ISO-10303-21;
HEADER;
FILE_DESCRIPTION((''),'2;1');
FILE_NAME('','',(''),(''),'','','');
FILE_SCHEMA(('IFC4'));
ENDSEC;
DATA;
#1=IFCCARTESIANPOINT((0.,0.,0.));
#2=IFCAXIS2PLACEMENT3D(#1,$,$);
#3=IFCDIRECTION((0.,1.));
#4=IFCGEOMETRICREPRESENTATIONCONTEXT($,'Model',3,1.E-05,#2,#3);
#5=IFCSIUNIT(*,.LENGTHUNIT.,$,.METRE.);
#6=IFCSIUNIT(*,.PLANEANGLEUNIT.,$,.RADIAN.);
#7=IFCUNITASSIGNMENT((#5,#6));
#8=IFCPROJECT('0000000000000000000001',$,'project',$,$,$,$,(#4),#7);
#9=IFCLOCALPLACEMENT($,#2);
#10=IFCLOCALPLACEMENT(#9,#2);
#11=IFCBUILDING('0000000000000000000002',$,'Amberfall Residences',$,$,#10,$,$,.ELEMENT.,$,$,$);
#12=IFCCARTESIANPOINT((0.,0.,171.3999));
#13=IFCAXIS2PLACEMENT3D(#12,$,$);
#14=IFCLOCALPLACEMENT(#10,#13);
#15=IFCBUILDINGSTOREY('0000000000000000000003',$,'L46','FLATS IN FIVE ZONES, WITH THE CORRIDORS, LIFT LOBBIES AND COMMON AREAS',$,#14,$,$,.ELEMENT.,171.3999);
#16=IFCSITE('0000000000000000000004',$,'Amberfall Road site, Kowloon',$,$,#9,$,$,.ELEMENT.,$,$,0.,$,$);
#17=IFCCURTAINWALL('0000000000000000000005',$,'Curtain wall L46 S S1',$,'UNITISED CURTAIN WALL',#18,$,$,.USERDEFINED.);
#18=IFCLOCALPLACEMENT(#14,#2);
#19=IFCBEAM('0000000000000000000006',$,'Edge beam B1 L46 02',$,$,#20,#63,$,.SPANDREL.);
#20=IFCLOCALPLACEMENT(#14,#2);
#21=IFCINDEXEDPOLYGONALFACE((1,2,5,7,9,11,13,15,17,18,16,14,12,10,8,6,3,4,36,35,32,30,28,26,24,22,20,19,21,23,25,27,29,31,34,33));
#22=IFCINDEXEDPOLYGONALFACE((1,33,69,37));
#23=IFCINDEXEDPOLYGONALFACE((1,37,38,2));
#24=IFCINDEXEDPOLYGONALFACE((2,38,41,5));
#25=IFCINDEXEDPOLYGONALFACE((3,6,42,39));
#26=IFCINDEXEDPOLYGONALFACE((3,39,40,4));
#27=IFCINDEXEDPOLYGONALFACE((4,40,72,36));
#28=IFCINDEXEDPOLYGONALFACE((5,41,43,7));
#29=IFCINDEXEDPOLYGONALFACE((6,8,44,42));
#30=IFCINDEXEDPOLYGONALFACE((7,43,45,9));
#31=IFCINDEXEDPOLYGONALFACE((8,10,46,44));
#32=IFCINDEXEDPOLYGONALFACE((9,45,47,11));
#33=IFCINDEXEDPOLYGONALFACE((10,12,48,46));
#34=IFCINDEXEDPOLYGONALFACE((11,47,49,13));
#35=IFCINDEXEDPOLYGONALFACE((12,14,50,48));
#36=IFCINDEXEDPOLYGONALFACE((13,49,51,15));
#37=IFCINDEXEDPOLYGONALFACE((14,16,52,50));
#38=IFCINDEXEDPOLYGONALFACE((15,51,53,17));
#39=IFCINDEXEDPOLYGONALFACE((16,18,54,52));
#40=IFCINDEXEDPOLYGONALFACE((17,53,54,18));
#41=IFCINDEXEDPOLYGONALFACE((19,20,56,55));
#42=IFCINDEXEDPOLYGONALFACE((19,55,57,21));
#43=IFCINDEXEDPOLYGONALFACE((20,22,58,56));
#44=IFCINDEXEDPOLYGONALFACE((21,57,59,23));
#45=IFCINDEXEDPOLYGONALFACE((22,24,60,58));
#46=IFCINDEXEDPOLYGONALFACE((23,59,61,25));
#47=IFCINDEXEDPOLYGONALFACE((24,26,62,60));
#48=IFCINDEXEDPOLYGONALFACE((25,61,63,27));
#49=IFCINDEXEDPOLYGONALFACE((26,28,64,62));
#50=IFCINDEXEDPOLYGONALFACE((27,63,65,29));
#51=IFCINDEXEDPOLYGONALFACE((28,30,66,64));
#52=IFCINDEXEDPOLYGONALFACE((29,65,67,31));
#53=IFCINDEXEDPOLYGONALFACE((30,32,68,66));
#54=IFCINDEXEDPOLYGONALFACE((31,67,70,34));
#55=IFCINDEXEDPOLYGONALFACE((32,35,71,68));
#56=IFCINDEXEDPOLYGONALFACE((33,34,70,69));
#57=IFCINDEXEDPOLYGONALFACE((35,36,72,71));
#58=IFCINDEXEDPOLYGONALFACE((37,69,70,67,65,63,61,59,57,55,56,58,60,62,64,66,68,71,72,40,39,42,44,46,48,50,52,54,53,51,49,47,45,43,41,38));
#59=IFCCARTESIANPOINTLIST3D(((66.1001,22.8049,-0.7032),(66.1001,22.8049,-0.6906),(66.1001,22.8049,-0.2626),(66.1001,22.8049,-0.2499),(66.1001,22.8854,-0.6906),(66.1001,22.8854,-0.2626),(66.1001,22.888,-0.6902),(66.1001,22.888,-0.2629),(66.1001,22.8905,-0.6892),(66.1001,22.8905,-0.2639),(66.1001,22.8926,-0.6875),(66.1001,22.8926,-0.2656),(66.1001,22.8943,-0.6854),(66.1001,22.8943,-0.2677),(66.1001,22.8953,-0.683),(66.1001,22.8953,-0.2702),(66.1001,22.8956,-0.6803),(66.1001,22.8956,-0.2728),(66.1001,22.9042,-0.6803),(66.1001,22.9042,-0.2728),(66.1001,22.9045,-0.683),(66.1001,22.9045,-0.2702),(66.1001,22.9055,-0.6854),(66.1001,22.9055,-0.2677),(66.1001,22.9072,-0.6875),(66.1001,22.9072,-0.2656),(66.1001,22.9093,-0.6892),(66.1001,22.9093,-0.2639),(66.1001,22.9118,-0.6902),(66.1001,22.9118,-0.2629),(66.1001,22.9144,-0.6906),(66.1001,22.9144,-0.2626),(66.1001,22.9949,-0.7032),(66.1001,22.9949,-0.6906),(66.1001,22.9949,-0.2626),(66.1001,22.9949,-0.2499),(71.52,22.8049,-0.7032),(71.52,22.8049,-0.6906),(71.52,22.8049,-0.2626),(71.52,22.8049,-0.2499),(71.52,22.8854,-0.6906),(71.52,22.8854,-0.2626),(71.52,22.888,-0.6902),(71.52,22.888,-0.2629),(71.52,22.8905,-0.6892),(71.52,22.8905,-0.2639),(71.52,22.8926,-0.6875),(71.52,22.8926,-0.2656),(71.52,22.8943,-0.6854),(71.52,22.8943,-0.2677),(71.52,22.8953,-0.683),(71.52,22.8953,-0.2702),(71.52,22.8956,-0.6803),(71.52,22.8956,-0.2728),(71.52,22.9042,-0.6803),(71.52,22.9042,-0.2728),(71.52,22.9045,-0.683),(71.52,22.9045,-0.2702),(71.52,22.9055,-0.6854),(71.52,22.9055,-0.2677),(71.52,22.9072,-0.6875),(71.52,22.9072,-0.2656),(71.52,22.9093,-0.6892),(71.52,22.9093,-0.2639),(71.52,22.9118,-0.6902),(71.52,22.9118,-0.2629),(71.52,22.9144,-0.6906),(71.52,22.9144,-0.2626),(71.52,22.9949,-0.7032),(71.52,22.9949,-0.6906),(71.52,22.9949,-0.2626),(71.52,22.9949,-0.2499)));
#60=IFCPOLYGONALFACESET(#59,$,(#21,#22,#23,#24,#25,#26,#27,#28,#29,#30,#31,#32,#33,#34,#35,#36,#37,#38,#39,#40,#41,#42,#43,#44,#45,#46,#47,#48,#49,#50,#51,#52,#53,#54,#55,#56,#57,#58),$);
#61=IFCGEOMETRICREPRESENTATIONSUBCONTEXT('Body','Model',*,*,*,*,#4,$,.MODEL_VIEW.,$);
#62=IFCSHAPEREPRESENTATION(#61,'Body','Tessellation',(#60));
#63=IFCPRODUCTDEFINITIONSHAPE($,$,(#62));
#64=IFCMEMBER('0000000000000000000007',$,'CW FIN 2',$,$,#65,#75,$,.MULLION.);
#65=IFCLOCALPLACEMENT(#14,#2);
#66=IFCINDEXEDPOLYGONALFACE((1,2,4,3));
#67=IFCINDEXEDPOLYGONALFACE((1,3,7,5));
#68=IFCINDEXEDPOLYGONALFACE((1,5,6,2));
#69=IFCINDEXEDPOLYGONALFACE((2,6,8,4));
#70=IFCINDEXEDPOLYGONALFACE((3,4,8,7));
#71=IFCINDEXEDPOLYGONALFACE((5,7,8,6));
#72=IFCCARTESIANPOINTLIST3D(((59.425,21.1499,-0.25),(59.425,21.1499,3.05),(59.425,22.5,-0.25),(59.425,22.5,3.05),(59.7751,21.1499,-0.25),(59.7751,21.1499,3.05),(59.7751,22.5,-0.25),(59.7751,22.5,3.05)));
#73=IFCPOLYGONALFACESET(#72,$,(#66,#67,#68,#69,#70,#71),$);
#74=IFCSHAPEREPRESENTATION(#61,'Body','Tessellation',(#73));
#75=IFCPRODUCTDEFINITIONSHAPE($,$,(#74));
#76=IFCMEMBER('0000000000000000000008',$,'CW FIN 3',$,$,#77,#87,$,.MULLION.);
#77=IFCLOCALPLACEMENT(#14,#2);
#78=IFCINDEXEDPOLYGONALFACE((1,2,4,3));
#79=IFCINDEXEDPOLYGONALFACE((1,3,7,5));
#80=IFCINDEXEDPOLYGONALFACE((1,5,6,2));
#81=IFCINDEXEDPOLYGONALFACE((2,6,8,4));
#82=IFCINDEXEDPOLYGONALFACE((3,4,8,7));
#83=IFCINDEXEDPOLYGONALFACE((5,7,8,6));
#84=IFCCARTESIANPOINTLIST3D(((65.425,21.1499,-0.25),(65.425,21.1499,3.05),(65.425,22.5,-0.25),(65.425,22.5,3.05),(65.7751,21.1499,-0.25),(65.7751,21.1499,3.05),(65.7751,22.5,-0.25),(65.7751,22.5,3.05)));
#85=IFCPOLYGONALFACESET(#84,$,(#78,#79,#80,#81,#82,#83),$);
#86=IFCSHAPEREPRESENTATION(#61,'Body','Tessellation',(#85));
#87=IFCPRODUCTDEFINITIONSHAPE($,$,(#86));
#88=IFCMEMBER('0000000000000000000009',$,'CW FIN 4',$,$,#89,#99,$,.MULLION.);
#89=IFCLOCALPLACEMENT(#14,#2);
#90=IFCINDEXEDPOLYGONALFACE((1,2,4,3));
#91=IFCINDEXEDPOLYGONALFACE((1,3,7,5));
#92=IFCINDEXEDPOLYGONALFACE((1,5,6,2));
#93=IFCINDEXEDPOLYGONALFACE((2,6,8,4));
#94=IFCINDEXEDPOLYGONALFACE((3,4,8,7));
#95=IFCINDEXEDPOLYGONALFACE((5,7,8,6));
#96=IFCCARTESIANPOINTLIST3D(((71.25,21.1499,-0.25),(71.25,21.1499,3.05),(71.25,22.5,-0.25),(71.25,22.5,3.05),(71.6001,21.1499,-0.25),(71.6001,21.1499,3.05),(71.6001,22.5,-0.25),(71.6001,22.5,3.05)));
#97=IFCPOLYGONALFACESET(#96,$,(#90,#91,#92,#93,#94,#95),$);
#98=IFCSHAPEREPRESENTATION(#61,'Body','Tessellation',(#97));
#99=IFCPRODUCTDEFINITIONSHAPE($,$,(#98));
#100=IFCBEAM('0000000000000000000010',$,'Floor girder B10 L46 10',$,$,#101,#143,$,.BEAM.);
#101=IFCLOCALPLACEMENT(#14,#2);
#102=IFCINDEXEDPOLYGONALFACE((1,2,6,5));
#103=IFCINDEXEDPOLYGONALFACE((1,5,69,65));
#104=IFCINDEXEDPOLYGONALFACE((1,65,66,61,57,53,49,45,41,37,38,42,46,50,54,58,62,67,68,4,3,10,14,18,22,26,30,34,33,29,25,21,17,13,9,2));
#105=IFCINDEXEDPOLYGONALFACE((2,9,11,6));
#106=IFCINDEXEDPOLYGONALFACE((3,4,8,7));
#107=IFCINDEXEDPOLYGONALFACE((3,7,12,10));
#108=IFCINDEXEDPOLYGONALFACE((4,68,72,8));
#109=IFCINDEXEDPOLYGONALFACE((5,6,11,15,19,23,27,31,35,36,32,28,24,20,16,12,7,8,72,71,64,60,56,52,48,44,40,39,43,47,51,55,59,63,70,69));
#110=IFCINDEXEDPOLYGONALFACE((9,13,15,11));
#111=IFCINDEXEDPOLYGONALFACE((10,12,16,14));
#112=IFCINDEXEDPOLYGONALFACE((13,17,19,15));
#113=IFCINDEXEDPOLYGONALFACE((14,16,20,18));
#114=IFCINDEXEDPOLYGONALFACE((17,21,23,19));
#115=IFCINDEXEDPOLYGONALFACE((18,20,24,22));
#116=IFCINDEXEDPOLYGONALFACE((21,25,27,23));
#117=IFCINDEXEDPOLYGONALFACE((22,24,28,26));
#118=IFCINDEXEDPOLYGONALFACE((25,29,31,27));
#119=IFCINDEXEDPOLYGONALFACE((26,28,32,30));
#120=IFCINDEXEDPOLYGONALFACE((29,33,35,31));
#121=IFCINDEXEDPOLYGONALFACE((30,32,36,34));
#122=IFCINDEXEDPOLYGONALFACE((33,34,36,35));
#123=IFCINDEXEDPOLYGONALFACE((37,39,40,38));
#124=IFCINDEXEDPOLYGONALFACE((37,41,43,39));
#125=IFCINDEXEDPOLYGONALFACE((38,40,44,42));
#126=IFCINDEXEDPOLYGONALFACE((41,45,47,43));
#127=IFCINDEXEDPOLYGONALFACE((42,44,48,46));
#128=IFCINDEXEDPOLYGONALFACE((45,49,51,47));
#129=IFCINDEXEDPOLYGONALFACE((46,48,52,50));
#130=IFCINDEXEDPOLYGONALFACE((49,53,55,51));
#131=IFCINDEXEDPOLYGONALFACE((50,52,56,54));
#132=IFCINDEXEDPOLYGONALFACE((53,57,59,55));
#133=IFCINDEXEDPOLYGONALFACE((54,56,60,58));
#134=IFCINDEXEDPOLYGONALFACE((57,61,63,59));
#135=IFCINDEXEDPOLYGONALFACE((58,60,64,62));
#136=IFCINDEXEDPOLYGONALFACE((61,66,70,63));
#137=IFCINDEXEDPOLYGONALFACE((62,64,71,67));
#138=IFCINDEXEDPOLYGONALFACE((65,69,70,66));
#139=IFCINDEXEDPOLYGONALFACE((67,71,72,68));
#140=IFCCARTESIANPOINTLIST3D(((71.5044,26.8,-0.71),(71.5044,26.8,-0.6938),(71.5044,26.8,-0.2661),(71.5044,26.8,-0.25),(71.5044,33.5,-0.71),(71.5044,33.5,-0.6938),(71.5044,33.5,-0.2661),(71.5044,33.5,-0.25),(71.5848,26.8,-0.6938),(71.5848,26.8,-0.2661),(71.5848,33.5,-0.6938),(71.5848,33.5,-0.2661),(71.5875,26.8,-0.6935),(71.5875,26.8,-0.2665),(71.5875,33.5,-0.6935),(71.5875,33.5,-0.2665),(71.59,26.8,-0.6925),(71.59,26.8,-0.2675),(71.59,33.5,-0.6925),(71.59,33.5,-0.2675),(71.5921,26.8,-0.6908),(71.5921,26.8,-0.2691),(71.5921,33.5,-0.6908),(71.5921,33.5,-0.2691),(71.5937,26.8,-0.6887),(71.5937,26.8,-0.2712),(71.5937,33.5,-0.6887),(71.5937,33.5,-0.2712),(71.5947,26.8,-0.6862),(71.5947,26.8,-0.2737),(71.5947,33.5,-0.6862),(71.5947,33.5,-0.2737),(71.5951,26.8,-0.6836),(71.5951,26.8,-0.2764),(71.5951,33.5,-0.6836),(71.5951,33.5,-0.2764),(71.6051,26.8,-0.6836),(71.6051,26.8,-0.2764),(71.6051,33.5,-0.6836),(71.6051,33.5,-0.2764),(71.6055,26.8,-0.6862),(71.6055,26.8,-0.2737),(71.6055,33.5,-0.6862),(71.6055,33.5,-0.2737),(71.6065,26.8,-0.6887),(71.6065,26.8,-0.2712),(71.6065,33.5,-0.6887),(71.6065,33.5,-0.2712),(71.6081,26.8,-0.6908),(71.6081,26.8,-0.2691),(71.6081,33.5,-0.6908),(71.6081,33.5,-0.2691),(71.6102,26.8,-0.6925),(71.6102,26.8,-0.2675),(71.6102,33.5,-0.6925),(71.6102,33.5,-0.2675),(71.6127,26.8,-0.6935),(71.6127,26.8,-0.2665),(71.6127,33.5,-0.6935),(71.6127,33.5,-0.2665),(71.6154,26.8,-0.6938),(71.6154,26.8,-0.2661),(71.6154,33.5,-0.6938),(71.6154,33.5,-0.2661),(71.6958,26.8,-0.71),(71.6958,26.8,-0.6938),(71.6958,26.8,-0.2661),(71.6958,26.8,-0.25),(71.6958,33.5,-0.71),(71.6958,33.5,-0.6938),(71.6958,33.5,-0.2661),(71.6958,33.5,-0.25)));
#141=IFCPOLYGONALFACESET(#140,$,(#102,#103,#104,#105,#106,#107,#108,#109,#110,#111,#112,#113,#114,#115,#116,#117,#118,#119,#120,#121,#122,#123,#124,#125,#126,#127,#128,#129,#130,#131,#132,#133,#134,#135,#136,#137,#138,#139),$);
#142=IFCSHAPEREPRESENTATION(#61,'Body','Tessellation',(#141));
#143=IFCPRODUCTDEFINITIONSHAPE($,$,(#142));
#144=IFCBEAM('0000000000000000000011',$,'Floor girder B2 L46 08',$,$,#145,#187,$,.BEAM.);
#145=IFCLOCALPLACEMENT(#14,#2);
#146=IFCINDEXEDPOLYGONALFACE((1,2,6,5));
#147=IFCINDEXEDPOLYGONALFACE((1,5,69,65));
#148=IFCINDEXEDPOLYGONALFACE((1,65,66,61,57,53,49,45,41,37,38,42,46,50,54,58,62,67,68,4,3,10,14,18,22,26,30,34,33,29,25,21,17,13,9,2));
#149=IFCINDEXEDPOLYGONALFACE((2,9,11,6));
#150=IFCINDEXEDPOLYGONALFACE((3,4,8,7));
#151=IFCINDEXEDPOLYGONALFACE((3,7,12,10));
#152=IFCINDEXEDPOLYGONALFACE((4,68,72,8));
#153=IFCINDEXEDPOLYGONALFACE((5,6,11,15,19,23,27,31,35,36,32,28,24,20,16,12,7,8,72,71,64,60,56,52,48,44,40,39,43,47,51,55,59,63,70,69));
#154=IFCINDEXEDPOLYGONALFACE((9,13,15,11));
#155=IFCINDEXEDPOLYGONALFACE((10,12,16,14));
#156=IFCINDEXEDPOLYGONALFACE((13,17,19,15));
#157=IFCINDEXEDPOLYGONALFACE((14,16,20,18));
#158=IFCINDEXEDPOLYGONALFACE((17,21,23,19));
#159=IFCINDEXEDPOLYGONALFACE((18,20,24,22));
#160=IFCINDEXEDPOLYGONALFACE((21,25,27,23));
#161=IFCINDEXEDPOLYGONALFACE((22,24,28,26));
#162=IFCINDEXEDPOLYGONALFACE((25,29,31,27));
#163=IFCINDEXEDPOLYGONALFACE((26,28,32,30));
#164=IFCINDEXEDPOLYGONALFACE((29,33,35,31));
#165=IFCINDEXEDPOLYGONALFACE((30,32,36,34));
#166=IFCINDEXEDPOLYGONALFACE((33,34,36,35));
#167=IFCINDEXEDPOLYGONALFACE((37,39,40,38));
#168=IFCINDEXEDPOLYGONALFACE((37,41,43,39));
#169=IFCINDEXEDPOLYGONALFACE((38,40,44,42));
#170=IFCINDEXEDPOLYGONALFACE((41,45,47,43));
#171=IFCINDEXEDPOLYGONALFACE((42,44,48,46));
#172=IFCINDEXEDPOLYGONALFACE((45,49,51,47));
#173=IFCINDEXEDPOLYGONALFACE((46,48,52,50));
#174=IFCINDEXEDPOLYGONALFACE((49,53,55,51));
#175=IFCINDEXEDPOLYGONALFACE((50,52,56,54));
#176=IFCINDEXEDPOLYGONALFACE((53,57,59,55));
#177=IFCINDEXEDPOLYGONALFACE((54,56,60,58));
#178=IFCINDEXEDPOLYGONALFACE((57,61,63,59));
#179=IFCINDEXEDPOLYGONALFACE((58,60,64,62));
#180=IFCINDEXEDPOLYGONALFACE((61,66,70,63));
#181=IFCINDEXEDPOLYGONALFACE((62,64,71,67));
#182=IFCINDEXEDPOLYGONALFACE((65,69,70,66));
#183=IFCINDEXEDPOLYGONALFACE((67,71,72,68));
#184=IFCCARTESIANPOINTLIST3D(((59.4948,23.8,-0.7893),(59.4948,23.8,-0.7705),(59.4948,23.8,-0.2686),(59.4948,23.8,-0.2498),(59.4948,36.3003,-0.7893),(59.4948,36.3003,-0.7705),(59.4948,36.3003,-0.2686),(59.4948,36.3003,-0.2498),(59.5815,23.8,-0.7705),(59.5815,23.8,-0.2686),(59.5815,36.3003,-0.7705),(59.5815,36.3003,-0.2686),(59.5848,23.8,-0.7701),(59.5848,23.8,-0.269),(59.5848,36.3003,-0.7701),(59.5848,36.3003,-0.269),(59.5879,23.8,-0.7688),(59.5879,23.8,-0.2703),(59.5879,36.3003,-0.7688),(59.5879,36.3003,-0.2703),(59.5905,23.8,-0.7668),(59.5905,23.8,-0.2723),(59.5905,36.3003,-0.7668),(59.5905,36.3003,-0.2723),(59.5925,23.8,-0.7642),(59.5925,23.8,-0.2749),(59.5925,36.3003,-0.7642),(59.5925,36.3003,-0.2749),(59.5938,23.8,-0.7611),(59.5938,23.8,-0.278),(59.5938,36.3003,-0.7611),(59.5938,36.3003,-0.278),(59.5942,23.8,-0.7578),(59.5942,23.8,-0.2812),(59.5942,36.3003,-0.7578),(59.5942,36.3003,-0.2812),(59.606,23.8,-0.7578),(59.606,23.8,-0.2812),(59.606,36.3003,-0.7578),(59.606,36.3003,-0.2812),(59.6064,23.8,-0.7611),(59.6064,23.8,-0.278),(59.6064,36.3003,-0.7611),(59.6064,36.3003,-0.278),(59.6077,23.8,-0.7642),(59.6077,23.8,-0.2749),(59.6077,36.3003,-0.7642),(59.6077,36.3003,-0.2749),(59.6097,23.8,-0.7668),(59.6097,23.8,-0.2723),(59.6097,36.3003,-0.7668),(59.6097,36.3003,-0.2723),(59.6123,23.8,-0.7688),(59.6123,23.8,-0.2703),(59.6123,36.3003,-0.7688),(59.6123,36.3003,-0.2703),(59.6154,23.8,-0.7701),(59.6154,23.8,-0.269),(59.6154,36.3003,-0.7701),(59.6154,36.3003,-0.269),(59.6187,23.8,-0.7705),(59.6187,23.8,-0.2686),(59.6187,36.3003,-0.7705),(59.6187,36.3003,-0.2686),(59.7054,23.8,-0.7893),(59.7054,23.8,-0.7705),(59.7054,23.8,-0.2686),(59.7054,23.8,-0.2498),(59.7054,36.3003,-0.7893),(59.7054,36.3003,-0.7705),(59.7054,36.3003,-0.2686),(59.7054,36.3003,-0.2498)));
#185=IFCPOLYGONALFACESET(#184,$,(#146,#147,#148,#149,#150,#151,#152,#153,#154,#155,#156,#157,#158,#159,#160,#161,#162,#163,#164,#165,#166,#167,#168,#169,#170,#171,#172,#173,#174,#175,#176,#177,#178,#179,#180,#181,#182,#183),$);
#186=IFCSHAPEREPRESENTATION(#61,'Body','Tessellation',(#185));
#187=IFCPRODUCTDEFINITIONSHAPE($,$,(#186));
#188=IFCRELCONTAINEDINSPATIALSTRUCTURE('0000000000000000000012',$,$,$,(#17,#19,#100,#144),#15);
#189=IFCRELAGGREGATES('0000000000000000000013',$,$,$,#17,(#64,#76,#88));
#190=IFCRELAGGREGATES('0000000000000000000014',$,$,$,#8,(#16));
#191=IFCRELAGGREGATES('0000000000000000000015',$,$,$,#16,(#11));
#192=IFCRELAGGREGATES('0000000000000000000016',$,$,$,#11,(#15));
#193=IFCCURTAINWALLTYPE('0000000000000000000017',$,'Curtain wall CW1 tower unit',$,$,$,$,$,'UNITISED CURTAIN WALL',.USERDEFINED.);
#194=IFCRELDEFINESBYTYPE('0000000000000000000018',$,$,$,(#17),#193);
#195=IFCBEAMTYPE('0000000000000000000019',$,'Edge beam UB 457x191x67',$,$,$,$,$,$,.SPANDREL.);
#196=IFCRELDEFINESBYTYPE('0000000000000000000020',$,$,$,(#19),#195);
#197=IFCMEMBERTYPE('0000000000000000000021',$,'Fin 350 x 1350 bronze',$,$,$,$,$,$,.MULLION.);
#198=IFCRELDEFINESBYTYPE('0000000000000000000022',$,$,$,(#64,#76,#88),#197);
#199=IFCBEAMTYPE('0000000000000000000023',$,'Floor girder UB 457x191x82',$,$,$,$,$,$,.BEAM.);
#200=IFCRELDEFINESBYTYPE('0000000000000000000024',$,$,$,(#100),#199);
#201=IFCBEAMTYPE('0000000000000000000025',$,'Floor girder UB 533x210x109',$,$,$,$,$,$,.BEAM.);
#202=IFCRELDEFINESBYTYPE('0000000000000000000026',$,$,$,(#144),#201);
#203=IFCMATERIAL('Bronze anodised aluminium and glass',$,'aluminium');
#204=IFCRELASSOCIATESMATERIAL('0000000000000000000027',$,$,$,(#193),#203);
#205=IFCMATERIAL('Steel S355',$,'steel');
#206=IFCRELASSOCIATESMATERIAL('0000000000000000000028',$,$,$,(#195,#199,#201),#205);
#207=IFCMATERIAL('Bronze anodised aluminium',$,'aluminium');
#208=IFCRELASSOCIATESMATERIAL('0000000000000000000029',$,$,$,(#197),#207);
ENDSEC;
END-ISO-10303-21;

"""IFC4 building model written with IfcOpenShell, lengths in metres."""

from ifc_helpers import new_model, si_unit, direction, frame, origin, origin_2d, place, context, subcontext, project, spatial, rectangle, i_section, extrude, material, material_profile, profile_set, type_object, element, aggregate, save


model = new_model("IFC4")

# Units and contexts
model_context = context("Model", 3, precision=1e-05, world=origin(), true_north=direction((0.0, 1.0)))
body_context = subcontext(model_context, "Body", "Model", "MODEL_VIEW")
ifc_project = project(units=[si_unit("LENGTHUNIT", "METRE"), si_unit("PLANEANGLEUNIT", "RADIAN")], contexts=[model_context])

# Site, building, storey
site_placement = place(None, origin())
site = spatial("IfcSite", under=ifc_project, at=site_placement, Name="Amberfall Road site, Kowloon", CompositionType="ELEMENT", RefElevation=0.0)
building_placement = place(site_placement, origin())
building = spatial("IfcBuilding", under=site, at=building_placement, Name="Amberfall Residences", CompositionType="ELEMENT")
storey_placement = place(building_placement, frame((0.0, 0.0, 171.3999)))
storey = spatial("IfcBuildingStorey", under=building, at=storey_placement, Name="L46", Description="FLATS IN FIVE ZONES, WITH THE CORRIDORS, LIFT LOBBIES AND COMMON AREAS", CompositionType="ELEMENT", Elevation=171.3999)

# Curtain wall
ifc_material_1 = material(Name="Bronze anodised aluminium and glass", Category="aluminium")
curtain_wall_type = type_object("IfcCurtainWallType", Name="Curtain wall CW1 tower unit", ElementType="UNITISED CURTAIN WALL", PredefinedType="USERDEFINED", material=ifc_material_1)
curtain_wall_placement = place(storey_placement, origin())
curtain_wall = element("IfcCurtainWall", 1, at=curtain_wall_placement, inside=storey, type_object=curtain_wall_type, Name="Curtain wall L46 S S1", ObjectType="UNITISED CURTAIN WALL", PredefinedType="USERDEFINED")
ifc_material_2 = material(Name="Bronze anodised aluminium", Category="aluminium")

# Beam
ifc_material_3 = material(Name="Steel S355", Category="steel")
ifc_material_profile_1 = material_profile(ifc_material_3, i_section(OverallWidth=0.1899, OverallDepth=0.4534, WebThickness=0.0085, FlangeThickness=0.0127, FilletRadius=0.0103, at=origin_2d()), Name="UB 457x191x67")
ifc_profile_set_1 = profile_set([ifc_material_profile_1], Name="Steel S355")
beam_type_1 = type_object("IfcBeamType", Name="Edge beam UB 457x191x67", PredefinedType="SPANDREL", material=ifc_profile_set_1)
beam_1_placement = place(storey_placement, frame((66.1001, 22.8999, -0.4766), z_axis=(1.0, 0.0, 0.0), x_axis=(0.0, 1.0, 0.0)))
element("IfcBeam", 2, at=beam_1_placement, inside=storey, type_object=beam_type_1, Name="Edge beam B1 L46 02", PredefinedType="SPANDREL", context=body_context, shape_type="SweptSolid", body=[
    extrude(i_section(OverallWidth=0.1899, OverallDepth=0.4534, WebThickness=0.0085, FlangeThickness=0.0127, FilletRadius=0.0103, at=origin_2d()), origin(), (0.0, 0.0, 1.0), 5.4199),
])

# Members
ifc_material_profile_2 = material_profile(ifc_material_2, rectangle(XDim=1.3501, YDim=0.3501, at=origin_2d()), Name="Fin 350 x 1350 bronze")
ifc_profile_set_2 = profile_set([ifc_material_profile_2], Name="Bronze anodised aluminium")
member_type_1 = type_object("IfcMemberType", Name="Fin 350 x 1350 bronze", PredefinedType="MULLION", material=ifc_profile_set_2)
member_1_placement = place(storey_placement, frame((59.6001, 21.825, -0.25), z_axis=(0.0, 0.0, 1.0), x_axis=(0.0, 1.0, 0.0)))
member_1 = element("IfcMember", 3, at=member_1_placement, type_object=member_type_1, Name="CW FIN 2", PredefinedType="MULLION", context=body_context, shape_type="SweptSolid", body=[
    extrude(rectangle(XDim=1.3501, YDim=0.3501, at=origin_2d()), origin(), (0.0, 0.0, 1.0), 3.3),
])
member_2_placement = place(storey_placement, frame((65.6001, 21.825, -0.25), z_axis=(0.0, 0.0, 1.0), x_axis=(0.0, 1.0, 0.0)))
member_2 = element("IfcMember", 4, at=member_2_placement, type_object=member_type_1, Name="CW FIN 3", PredefinedType="MULLION", context=body_context, shape_type="SweptSolid", body=[
    extrude(rectangle(XDim=1.3501, YDim=0.3501, at=origin_2d()), origin(), (0.0, 0.0, 1.0), 3.3),
])
member_3_placement = place(storey_placement, frame((71.425, 21.825, -0.25), z_axis=(0.0, 0.0, 1.0), x_axis=(0.0, 1.0, 0.0)))
member_3 = element("IfcMember", 5, at=member_3_placement, type_object=member_type_1, Name="CW FIN 4", PredefinedType="MULLION", context=body_context, shape_type="SweptSolid", body=[
    extrude(rectangle(XDim=1.3501, YDim=0.3501, at=origin_2d()), origin(), (0.0, 0.0, 1.0), 3.3),
])

# Beams
ifc_material_profile_3 = material_profile(ifc_material_3, i_section(OverallWidth=0.1914, OverallDepth=0.46, WebThickness=0.01, FlangeThickness=0.0161, FilletRadius=0.0103, at=origin_2d()), Name="UB 457x191x82")
ifc_profile_set_3 = profile_set([ifc_material_profile_3], Name="Steel S355")
beam_type_2 = type_object("IfcBeamType", Name="Floor girder UB 457x191x82", PredefinedType="BEAM", material=ifc_profile_set_3)
beam_2_placement = place(storey_placement, frame((71.6001, 26.8, -0.48), z_axis=(0.0, 1.0, 0.0), x_axis=(-1.0, 0.0, 0.0)))
element("IfcBeam", 6, at=beam_2_placement, inside=storey, type_object=beam_type_2, Name="Floor girder B10 L46 10", PredefinedType="BEAM", context=body_context, shape_type="SweptSolid", body=[
    extrude(i_section(OverallWidth=0.1914, OverallDepth=0.46, WebThickness=0.01, FlangeThickness=0.0161, FilletRadius=0.0103, at=origin_2d()), origin(), (0.0, 0.0, 1.0), 6.7),
])
ifc_material_profile_4 = material_profile(ifc_material_3, i_section(OverallWidth=0.2107, OverallDepth=0.5396, WebThickness=0.0117, FlangeThickness=0.0188, FilletRadius=0.0127, at=origin_2d()), Name="UB 533x210x109")
ifc_profile_set_4 = profile_set([ifc_material_profile_4], Name="Steel S355")
beam_type_3 = type_object("IfcBeamType", Name="Floor girder UB 533x210x109", PredefinedType="BEAM", material=ifc_profile_set_4)
beam_3_placement = place(storey_placement, frame((59.6001, 23.8, -0.5195), z_axis=(0.0, 1.0, 0.0), x_axis=(-1.0, 0.0, 0.0)))
element("IfcBeam", 7, at=beam_3_placement, inside=storey, type_object=beam_type_3, Name="Floor girder B2 L46 08", PredefinedType="BEAM", context=body_context, shape_type="SweptSolid", body=[
    extrude(i_section(OverallWidth=0.2107, OverallDepth=0.5396, WebThickness=0.0117, FlangeThickness=0.0188, FilletRadius=0.0127, at=origin_2d()), origin(), (0.0, 0.0, 1.0), 12.5002),
])

aggregate(curtain_wall, [member_1, member_2, member_3])

save(model, "model.ifc")
